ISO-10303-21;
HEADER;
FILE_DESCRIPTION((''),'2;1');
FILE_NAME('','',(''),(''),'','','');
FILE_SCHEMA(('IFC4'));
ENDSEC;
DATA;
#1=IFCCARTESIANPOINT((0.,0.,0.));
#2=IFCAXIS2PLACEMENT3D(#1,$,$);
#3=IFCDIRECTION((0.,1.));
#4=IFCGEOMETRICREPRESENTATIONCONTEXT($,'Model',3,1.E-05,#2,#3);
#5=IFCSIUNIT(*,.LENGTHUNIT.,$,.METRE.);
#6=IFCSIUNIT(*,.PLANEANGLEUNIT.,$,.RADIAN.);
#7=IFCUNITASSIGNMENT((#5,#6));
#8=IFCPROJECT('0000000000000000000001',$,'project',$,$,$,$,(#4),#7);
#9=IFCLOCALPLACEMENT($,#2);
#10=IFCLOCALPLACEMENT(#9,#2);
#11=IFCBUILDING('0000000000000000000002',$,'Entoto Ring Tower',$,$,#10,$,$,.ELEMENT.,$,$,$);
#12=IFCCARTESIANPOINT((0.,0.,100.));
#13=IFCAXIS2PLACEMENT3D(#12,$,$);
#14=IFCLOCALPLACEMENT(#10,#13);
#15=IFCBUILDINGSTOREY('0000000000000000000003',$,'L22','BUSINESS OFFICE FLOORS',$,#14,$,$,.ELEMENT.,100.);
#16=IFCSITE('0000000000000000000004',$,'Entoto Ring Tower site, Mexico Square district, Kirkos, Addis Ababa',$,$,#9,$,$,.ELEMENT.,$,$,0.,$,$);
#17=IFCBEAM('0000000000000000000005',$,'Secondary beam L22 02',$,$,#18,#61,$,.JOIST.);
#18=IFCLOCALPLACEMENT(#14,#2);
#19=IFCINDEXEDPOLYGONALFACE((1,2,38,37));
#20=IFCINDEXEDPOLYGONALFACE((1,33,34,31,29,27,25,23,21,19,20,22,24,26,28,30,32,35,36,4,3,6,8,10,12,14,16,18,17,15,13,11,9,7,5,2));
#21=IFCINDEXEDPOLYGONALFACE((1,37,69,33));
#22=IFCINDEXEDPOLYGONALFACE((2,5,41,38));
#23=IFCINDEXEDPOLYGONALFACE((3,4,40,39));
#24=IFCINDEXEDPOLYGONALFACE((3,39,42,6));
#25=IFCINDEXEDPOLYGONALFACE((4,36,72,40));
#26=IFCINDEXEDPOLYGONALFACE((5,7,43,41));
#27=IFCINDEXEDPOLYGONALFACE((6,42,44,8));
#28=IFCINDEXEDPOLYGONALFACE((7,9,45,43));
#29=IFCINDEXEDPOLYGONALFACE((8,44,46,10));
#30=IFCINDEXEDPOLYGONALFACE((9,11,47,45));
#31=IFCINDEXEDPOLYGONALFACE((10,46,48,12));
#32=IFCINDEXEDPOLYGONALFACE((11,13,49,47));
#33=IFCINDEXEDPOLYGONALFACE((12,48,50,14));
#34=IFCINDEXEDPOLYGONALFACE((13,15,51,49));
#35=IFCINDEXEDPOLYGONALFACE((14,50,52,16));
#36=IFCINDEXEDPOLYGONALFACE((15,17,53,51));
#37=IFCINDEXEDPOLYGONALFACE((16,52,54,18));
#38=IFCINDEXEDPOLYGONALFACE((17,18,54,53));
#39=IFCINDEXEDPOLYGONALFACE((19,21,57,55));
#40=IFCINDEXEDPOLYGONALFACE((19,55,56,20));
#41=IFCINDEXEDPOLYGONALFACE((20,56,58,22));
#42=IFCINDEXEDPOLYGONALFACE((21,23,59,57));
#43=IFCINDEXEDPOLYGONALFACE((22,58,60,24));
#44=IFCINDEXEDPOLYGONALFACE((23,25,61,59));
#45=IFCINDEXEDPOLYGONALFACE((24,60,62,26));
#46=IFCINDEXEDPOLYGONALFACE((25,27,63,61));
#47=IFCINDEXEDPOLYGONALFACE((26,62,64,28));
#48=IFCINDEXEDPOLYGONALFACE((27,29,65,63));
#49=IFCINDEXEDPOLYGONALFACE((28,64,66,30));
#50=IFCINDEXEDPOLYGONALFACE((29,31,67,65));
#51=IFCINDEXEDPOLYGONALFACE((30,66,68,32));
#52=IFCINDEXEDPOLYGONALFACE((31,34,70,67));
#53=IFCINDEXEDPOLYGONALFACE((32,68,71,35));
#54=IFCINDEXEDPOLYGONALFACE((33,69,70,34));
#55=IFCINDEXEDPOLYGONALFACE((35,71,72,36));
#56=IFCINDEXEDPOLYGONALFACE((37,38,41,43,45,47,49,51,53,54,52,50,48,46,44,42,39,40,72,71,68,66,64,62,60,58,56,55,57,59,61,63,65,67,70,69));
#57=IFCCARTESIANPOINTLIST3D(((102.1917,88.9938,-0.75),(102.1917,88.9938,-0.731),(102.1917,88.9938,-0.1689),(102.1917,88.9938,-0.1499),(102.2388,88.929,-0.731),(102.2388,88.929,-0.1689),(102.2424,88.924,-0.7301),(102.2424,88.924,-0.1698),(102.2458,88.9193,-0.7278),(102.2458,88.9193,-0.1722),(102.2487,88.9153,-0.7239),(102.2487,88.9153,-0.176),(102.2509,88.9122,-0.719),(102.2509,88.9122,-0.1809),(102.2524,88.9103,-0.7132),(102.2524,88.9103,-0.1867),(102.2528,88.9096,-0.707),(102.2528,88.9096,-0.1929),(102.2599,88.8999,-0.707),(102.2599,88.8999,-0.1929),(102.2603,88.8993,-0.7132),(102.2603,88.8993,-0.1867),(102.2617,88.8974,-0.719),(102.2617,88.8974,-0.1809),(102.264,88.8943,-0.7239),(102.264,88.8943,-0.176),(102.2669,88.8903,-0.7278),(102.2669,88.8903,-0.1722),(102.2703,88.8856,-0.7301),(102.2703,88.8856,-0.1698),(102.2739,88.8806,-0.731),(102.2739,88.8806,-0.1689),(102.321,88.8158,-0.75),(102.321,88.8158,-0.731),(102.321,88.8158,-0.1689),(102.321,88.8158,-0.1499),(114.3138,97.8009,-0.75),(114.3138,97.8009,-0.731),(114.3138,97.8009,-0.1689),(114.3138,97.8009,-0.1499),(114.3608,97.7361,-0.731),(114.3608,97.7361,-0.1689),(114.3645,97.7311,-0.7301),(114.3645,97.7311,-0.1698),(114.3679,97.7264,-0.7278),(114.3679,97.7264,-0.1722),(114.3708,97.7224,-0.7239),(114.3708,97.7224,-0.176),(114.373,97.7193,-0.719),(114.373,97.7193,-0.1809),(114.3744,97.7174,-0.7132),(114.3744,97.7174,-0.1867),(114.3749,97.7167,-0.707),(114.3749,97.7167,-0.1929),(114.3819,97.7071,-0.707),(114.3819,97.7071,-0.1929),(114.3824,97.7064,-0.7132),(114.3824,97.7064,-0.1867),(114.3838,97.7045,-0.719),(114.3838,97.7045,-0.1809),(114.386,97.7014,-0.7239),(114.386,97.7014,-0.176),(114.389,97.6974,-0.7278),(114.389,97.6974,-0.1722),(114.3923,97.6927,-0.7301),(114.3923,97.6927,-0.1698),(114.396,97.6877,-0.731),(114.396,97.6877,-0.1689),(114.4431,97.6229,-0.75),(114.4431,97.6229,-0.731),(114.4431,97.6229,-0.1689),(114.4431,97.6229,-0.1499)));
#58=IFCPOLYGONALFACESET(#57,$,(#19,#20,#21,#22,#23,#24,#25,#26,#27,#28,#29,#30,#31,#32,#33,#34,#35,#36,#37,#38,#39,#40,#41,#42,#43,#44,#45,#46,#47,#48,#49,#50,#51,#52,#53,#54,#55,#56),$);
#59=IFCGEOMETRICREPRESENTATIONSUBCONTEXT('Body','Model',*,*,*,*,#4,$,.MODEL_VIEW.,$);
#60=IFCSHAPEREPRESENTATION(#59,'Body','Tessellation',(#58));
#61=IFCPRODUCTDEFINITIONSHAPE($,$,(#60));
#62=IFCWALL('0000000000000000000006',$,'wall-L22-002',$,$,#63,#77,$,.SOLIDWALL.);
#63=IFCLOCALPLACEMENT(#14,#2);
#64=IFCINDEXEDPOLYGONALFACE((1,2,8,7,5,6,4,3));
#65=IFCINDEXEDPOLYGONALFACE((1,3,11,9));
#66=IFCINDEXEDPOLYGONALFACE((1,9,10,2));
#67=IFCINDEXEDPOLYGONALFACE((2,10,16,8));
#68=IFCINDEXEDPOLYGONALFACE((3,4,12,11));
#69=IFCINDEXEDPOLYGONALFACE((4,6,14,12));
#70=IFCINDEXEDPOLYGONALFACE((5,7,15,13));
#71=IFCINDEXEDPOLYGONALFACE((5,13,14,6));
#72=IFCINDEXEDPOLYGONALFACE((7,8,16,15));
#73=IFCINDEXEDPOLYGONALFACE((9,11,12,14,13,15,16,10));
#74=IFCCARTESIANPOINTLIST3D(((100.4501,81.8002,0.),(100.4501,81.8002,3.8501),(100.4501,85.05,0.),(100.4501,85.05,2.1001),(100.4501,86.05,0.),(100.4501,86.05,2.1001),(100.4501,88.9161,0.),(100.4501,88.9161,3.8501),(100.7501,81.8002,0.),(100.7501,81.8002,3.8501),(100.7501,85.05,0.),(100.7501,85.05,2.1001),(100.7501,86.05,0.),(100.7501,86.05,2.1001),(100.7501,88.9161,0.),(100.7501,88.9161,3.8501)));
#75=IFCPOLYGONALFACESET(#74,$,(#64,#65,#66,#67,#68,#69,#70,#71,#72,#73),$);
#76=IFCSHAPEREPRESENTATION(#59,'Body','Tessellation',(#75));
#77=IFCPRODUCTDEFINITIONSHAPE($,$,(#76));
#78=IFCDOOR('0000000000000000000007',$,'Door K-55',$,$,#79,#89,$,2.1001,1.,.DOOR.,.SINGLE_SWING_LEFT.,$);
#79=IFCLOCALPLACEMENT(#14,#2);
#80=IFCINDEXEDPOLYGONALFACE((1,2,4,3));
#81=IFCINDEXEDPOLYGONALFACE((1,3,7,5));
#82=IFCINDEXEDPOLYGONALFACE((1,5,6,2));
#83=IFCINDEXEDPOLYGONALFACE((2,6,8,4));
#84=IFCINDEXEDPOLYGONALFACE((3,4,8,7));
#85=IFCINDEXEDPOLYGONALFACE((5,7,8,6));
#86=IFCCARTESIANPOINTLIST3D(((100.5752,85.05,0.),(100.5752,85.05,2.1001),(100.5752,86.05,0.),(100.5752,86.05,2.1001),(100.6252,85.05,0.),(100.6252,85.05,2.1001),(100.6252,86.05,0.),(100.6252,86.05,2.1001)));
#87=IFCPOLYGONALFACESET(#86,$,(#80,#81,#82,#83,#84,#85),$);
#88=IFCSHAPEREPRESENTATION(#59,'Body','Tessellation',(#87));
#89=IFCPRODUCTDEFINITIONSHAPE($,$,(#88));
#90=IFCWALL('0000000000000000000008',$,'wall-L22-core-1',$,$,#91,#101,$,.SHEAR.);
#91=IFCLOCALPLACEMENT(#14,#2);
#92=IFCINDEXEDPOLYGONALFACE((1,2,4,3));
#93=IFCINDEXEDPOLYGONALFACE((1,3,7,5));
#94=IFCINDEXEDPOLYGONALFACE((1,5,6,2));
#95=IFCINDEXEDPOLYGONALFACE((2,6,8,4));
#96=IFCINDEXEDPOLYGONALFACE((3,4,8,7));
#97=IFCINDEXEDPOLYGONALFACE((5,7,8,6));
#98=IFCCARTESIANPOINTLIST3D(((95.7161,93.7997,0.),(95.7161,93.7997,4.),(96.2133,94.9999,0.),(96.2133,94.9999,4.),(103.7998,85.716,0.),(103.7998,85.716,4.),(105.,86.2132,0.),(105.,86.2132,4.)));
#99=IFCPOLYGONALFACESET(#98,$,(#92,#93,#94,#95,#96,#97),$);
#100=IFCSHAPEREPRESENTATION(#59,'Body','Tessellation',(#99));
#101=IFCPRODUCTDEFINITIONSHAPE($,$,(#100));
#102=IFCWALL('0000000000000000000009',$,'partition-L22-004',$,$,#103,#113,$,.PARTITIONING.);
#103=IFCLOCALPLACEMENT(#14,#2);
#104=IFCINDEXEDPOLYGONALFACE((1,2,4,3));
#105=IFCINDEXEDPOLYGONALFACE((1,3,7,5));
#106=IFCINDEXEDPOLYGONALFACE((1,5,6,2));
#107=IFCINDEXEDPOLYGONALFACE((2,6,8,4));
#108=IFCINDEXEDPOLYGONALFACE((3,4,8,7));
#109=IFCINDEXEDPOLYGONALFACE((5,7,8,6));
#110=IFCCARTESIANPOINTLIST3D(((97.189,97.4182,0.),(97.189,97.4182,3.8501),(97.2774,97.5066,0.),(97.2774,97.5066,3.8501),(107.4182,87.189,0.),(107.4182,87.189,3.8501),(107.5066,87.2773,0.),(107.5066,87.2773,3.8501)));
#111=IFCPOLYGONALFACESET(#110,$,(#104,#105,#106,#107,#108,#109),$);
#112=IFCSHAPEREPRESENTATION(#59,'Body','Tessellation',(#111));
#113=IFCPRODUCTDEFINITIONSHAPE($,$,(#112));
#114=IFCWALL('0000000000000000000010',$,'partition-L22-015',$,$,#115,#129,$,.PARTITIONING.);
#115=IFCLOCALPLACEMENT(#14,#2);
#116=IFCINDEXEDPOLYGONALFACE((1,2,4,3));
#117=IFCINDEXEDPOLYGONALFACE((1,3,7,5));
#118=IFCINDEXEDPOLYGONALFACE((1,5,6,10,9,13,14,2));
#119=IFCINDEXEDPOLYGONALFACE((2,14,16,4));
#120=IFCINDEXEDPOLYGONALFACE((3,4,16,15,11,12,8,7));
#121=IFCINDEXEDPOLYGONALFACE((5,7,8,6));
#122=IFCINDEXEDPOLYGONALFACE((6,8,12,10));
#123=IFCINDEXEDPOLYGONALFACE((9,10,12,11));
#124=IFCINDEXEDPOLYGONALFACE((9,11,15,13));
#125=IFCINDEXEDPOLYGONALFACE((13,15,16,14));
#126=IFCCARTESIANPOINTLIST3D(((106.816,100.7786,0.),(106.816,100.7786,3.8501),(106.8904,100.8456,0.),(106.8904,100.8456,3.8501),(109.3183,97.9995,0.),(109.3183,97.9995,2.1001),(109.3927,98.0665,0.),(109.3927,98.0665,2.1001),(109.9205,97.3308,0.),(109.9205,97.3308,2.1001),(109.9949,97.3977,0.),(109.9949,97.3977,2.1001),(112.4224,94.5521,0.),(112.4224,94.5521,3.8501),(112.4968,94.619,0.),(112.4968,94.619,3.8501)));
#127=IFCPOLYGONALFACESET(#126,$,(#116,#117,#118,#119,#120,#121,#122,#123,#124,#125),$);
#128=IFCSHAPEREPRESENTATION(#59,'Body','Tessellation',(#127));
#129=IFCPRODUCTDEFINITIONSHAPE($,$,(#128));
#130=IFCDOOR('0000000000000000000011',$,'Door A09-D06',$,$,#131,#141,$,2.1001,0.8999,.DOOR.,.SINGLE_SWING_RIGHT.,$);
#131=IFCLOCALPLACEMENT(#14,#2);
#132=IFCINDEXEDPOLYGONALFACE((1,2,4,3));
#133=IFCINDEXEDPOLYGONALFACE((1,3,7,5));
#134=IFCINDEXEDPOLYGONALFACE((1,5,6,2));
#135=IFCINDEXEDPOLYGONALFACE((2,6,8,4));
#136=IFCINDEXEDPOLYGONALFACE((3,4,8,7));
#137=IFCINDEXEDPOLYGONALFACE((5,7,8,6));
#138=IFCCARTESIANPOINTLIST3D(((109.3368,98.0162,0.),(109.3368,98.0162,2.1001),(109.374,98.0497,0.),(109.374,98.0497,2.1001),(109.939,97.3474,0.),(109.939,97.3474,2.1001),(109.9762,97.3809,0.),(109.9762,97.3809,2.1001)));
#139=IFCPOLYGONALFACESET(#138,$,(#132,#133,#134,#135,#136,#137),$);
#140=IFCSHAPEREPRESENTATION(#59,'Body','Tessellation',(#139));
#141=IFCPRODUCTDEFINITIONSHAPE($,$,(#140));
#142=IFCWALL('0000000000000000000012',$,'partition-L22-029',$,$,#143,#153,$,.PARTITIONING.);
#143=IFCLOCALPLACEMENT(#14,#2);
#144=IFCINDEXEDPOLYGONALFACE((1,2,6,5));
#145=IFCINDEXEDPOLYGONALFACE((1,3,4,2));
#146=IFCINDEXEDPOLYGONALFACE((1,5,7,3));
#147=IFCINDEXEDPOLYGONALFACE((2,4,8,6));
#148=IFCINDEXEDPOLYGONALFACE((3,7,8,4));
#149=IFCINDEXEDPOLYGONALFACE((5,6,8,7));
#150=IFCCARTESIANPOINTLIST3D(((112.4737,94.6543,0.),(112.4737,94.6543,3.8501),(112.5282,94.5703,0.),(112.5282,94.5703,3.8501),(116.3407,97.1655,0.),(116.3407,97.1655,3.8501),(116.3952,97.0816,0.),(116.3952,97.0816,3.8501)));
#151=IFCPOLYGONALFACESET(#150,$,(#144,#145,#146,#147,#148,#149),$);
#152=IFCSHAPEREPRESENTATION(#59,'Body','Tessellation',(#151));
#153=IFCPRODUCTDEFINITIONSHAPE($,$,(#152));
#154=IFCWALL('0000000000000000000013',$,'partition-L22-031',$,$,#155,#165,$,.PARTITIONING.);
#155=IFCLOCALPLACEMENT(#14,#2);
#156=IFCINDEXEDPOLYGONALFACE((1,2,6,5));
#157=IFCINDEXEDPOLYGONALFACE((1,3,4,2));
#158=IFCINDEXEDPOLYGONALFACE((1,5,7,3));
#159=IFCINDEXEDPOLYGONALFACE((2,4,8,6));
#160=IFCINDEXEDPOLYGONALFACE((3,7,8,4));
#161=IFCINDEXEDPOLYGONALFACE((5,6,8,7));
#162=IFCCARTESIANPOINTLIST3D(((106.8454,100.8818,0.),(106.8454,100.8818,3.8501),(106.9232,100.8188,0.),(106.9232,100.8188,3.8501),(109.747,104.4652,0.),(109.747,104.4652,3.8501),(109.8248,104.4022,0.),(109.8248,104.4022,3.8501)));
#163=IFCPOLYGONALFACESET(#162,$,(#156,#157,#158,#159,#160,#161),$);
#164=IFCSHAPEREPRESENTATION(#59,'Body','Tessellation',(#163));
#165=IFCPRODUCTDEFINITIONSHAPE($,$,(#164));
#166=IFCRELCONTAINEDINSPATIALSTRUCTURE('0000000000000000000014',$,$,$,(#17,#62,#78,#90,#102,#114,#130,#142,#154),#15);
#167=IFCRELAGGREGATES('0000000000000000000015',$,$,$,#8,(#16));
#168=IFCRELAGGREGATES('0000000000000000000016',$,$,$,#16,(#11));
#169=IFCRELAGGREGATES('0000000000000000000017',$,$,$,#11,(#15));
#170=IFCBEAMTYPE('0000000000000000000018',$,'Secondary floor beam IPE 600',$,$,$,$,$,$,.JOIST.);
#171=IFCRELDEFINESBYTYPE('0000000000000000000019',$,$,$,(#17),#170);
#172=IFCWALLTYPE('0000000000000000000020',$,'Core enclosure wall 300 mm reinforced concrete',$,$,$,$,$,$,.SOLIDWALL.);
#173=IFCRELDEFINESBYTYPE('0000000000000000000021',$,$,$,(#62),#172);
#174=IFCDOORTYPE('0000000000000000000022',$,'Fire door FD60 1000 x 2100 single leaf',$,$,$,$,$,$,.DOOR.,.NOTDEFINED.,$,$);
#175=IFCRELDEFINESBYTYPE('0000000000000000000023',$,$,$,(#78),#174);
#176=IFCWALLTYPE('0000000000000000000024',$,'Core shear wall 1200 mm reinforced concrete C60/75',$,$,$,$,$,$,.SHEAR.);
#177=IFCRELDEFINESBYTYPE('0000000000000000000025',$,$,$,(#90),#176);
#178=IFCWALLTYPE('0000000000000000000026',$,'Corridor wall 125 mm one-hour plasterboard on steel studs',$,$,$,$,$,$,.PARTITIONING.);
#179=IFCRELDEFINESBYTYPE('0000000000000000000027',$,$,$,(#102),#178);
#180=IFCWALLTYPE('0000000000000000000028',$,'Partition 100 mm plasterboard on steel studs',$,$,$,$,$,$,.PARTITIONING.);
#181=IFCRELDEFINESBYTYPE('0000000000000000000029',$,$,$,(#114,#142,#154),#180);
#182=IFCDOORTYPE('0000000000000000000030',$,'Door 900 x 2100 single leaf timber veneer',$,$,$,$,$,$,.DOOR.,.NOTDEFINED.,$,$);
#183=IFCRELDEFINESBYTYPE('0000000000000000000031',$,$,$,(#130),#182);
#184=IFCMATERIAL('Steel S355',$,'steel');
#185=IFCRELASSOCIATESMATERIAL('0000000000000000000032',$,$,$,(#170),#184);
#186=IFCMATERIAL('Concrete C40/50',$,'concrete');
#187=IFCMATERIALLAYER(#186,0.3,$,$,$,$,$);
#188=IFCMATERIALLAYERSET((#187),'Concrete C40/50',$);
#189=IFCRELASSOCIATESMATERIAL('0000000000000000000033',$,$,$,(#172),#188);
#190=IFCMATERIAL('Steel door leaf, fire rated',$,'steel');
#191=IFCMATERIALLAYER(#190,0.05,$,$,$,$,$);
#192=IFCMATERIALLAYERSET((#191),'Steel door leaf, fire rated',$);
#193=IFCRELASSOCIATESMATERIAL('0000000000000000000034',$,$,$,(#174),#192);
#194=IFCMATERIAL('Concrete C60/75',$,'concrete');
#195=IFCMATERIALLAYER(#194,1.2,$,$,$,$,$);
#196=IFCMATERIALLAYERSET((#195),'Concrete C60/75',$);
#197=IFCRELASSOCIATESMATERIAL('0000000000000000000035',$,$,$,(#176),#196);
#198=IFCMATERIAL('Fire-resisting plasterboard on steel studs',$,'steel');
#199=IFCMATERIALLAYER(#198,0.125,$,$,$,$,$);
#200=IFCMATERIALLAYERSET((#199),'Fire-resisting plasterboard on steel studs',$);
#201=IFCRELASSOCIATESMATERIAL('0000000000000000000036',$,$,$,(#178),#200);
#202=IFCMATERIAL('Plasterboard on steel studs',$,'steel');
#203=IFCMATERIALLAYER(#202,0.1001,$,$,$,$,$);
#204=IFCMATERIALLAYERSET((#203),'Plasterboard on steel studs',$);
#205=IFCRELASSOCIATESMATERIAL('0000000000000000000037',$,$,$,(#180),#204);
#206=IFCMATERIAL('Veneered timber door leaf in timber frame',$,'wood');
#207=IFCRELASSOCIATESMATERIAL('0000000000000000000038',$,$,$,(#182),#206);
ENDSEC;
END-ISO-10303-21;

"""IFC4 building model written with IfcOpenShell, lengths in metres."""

from ifc_helpers import new_model, si_unit, direction, frame, frame_2d, origin, origin_2d, place, context, subcontext, project, spatial, polyline, rectangle, i_section, outline, extrude, material, layer, layer_set, material_profile, profile_set, type_object, element, fill, save


model = new_model("IFC4")

# Units and contexts
model_context = context("Model", 3, precision=1e-05, world=origin(), true_north=direction((0.0, 1.0)))
body_context = subcontext(model_context, "Body", "Model", "MODEL_VIEW")
ifc_project = project(units=[si_unit("LENGTHUNIT", "METRE"), si_unit("PLANEANGLEUNIT", "RADIAN")], contexts=[model_context])

# Site, building, storey
site_placement = place(None, origin())
site = spatial("IfcSite", under=ifc_project, at=site_placement, Name="Entoto Ring Tower site, Mexico Square district, Kirkos, Addis Ababa", CompositionType="ELEMENT", RefElevation=0.0)
building_placement = place(site_placement, origin())
building = spatial("IfcBuilding", under=site, at=building_placement, Name="Entoto Ring Tower", CompositionType="ELEMENT")
storey_placement = place(building_placement, frame((0.0, 0.0, 100.0)))
storey = spatial("IfcBuildingStorey", under=building, at=storey_placement, Name="L22", Description="BUSINESS OFFICE FLOORS", CompositionType="ELEMENT", Elevation=100.0)

# Beam
ifc_material_1 = material(Name="Steel S355", Category="steel")
ifc_material_profile_1 = material_profile(ifc_material_1, i_section(OverallWidth=0.22, OverallDepth=0.6001, WebThickness=0.012, FlangeThickness=0.019, FilletRadius=0.0239, at=origin_2d()), Name="IPE 600")
ifc_profile_set_1 = profile_set([ifc_material_profile_1], Name="Steel S355")
beam_type_1 = type_object("IfcBeamType", Name="Secondary floor beam IPE 600", PredefinedType="JOIST", material=ifc_profile_set_1)
beam_1_placement = place(storey_placement, frame((102.2563, 88.9048, -0.45), z_axis=(0.809019, 0.587782, 0.0), x_axis=(-0.587782, 0.809019, 0.0)))
element("IfcBeam", 1, at=beam_1_placement, inside=storey, type_object=beam_type_1, Name="Secondary beam L22 02", PredefinedType="JOIST", context=body_context, shape_type="SweptSolid", body=[
    extrude(i_section(OverallWidth=0.22, OverallDepth=0.6001, WebThickness=0.012, FlangeThickness=0.019, FilletRadius=0.0239, at=origin_2d()), origin(), (0.0, 0.0, 1.0), 14.9836),
])

# Wall, opening, door
ifc_material_2 = material(Name="Concrete C40/50", Category="concrete")
ifc_layer_1 = layer(ifc_material_2, 0.3)
ifc_layer_set_1 = layer_set([ifc_layer_1], Name="Concrete C40/50")
wall_type_1 = type_object("IfcWallType", Name="Core enclosure wall 300 mm reinforced concrete", PredefinedType="SOLIDWALL", material=ifc_layer_set_1)
wall_1_placement = place(storey_placement, frame((100.6001, 81.8, 0.0), z_axis=(0.0, 0.0, 1.0), x_axis=(0.0, 1.0, 0.0)))
wall_1 = element("IfcWall", 2, at=wall_1_placement, inside=storey, type_object=wall_type_1, Name="wall-L22-002", PredefinedType="SOLIDWALL", context=body_context, shape_type="SweptSolid", body=[
    extrude(rectangle(XDim=7.116, YDim=0.3, at=frame_2d((3.5581, 0.0))), origin(), (0.0, 0.0, 1.0), 3.8501),
])
opening_1_placement = place(wall_1_placement, frame((3.25, 0.0, 0.0)))
opening_1 = element("IfcOpeningElement", 3, at=opening_1_placement, cuts=wall_1, PredefinedType="OPENING", context=body_context, shape_type="SweptSolid", body=[
    extrude(rectangle(XDim=1.0, YDim=2.1001, at=frame_2d((0.5, 1.05))), frame((0.0, 0.1602, 0.0), z_axis=(0.0, -1.0, 0.0), x_axis=(1.0, 0.0, 0.0)), (0.0, 0.0, 1.0), 0.3201),
])
ifc_material_3 = material(Name="Steel door leaf, fire rated", Category="steel")
ifc_layer_2 = layer(ifc_material_3, 0.05)
ifc_layer_set_2 = layer_set([ifc_layer_2], Name="Steel door leaf, fire rated")
door_type_1 = type_object("IfcDoorType", Name="Fire door FD60 1000 x 2100 single leaf", OperationType="NOTDEFINED", PredefinedType="DOOR", material=ifc_layer_set_2)
door_1_placement = place(opening_1_placement, origin())
door_1 = element("IfcDoor", 4, at=door_1_placement, inside=storey, type_object=door_type_1, Name="Door K-55", OperationType="SINGLE_SWING_LEFT", OverallHeight=2.1001, OverallWidth=1.0, PredefinedType="DOOR", context=body_context, shape_type="SweptSolid", body=[
    extrude(rectangle(XDim=1.0, YDim=2.1001, at=frame_2d((0.5, 1.05))), frame((0.0, 0.0249, 0.0), z_axis=(0.0, -1.0, 0.0), x_axis=(1.0, 0.0, 0.0)), (0.0, 0.0, 1.0), 0.05),
])
fill(opening_1, door_1)

# Walls
ifc_material_4 = material(Name="Concrete C60/75", Category="concrete")
ifc_layer_3 = layer(ifc_material_4, 1.2)
ifc_layer_set_3 = layer_set([ifc_layer_3], Name="Concrete C60/75")
wall_type_2 = type_object("IfcWallType", Name="Core shear wall 1200 mm reinforced concrete C60/75", PredefinedType="SHEAR", material=ifc_layer_set_3)
wall_2_placement = place(storey_placement, frame((104.3999, 85.9646, 0.0), z_axis=(0.0, 0.0, 1.0), x_axis=(-0.707107, 0.707107, 0.0)))
element("IfcWall", 5, at=wall_2_placement, inside=storey, type_object=wall_type_2, Name="wall-L22-core-1", PredefinedType="SHEAR", context=body_context, shape_type="SweptSolid", body=[
    extrude(outline(polyline([(-0.2485, -0.6001), (12.1777, -0.6001), (11.6807, 0.6001), (0.2485, 0.6001), (-0.2485, -0.6001)])), origin(), (0.0, 0.0, 1.0), 4.0),
])
ifc_material_5 = material(Name="Fire-resisting plasterboard on steel studs", Category="steel")
ifc_layer_4 = layer(ifc_material_5, 0.125)
ifc_layer_set_4 = layer_set([ifc_layer_4], Name="Fire-resisting plasterboard on steel studs")
wall_type_3 = type_object("IfcWallType", Name="Corridor wall 125 mm one-hour plasterboard on steel studs", PredefinedType="PARTITIONING", material=ifc_layer_set_4)
wall_3_placement = place(storey_placement, frame((107.4624, 87.2332, 0.0), z_axis=(0.0, 0.0, 1.0), x_axis=(-0.707107, 0.707107, 0.0)))
element("IfcWall", 6, at=wall_3_placement, inside=storey, type_object=wall_type_3, Name="partition-L22-004", PredefinedType="PARTITIONING", context=body_context, shape_type="SweptSolid", body=[
    extrude(rectangle(XDim=14.4663, YDim=0.125, at=frame_2d((7.2332, 0.0))), origin(), (0.0, 0.0, 1.0), 3.8501),
])

# Wall, opening, door
ifc_material_6 = material(Name="Plasterboard on steel studs", Category="steel")
ifc_layer_5 = layer(ifc_material_6, 0.1001)
ifc_layer_set_5 = layer_set([ifc_layer_5], Name="Plasterboard on steel studs")
wall_type_4 = type_object("IfcWallType", Name="Partition 100 mm plasterboard on steel studs", PredefinedType="PARTITIONING", material=ifc_layer_set_5)
wall_4_placement = place(storey_placement, frame((112.4597, 94.5854, 0.0), z_axis=(0.0, 0.0, 1.0), x_axis=(-0.669132, 0.743143, 0.0)))
wall_4 = element("IfcWall", 7, at=wall_4_placement, inside=storey, type_object=wall_type_4, Name="partition-L22-015", PredefinedType="PARTITIONING", context=body_context, shape_type="SweptSolid", body=[
    extrude(rectangle(XDim=8.3787, YDim=0.1001, at=frame_2d((4.1895, 0.0))), origin(), (0.0, 0.0, 1.0), 3.8501),
])
opening_2_placement = place(wall_4_placement, frame((3.7393, 0.0, 0.0)))
opening_2 = element("IfcOpeningElement", 8, at=opening_2_placement, cuts=wall_4, PredefinedType="OPENING", context=body_context, shape_type="SweptSolid", body=[
    extrude(rectangle(XDim=0.8999, YDim=2.1001, at=frame_2d((0.45, 1.05))), frame((0.0, 0.0601, 0.0), z_axis=(0.0, -1.0, 0.0), x_axis=(1.0, 0.0, 0.0)), (0.0, 0.0, 1.0), 0.1201),
])
ifc_material_7 = material(Name="Veneered timber door leaf in timber frame", Category="wood")
door_type_2 = type_object("IfcDoorType", Name="Door 900 x 2100 single leaf timber veneer", OperationType="NOTDEFINED", PredefinedType="DOOR", material=ifc_material_7)
door_2_placement = place(opening_2_placement, frame((0.8999, 0.0, 0.0), z_axis=(0.0, 0.0, 1.0), x_axis=(-1.0, 0.0, 0.0)))
door_2 = element("IfcDoor", 9, at=door_2_placement, inside=storey, type_object=door_type_2, Name="Door A09-D06", OperationType="SINGLE_SWING_RIGHT", OverallHeight=2.1001, OverallWidth=0.8999, PredefinedType="DOOR", context=body_context, shape_type="SweptSolid", body=[
    extrude(rectangle(XDim=0.8999, YDim=2.1001, at=frame_2d((0.45, 1.05))), frame((0.0, 0.0249, 0.0), z_axis=(0.0, -1.0, 0.0), x_axis=(1.0, 0.0, 0.0)), (0.0, 0.0, 1.0), 0.05),
])
fill(opening_2, door_2)

# Walls
for number, where, z_axis, x_axis, name in (
    (10, (112.501, 94.6123, 0.0), (0.0, 0.0, 1.0), (0.83867, 0.54464, 0.0), "partition-L22-029"),
    (11, (106.8843, 100.8503, 0.0), (0.0, 0.0, 1.0), (0.629314, 0.777151, 0.0), "partition-L22-031"),
):
    element("IfcWall", number, at=place(storey_placement, frame(where, z_axis=z_axis, x_axis=x_axis)), inside=storey, type_object=wall_type_4, Name=name, PredefinedType="PARTITIONING", context=body_context, shape_type="SweptSolid", body=[
        extrude(rectangle(XDim=4.6108, YDim=0.1001, at=frame_2d((2.3054, 0.0))), origin(), (0.0, 0.0, 1.0), 3.8501),
    ])

save(model, "model.ifc")
